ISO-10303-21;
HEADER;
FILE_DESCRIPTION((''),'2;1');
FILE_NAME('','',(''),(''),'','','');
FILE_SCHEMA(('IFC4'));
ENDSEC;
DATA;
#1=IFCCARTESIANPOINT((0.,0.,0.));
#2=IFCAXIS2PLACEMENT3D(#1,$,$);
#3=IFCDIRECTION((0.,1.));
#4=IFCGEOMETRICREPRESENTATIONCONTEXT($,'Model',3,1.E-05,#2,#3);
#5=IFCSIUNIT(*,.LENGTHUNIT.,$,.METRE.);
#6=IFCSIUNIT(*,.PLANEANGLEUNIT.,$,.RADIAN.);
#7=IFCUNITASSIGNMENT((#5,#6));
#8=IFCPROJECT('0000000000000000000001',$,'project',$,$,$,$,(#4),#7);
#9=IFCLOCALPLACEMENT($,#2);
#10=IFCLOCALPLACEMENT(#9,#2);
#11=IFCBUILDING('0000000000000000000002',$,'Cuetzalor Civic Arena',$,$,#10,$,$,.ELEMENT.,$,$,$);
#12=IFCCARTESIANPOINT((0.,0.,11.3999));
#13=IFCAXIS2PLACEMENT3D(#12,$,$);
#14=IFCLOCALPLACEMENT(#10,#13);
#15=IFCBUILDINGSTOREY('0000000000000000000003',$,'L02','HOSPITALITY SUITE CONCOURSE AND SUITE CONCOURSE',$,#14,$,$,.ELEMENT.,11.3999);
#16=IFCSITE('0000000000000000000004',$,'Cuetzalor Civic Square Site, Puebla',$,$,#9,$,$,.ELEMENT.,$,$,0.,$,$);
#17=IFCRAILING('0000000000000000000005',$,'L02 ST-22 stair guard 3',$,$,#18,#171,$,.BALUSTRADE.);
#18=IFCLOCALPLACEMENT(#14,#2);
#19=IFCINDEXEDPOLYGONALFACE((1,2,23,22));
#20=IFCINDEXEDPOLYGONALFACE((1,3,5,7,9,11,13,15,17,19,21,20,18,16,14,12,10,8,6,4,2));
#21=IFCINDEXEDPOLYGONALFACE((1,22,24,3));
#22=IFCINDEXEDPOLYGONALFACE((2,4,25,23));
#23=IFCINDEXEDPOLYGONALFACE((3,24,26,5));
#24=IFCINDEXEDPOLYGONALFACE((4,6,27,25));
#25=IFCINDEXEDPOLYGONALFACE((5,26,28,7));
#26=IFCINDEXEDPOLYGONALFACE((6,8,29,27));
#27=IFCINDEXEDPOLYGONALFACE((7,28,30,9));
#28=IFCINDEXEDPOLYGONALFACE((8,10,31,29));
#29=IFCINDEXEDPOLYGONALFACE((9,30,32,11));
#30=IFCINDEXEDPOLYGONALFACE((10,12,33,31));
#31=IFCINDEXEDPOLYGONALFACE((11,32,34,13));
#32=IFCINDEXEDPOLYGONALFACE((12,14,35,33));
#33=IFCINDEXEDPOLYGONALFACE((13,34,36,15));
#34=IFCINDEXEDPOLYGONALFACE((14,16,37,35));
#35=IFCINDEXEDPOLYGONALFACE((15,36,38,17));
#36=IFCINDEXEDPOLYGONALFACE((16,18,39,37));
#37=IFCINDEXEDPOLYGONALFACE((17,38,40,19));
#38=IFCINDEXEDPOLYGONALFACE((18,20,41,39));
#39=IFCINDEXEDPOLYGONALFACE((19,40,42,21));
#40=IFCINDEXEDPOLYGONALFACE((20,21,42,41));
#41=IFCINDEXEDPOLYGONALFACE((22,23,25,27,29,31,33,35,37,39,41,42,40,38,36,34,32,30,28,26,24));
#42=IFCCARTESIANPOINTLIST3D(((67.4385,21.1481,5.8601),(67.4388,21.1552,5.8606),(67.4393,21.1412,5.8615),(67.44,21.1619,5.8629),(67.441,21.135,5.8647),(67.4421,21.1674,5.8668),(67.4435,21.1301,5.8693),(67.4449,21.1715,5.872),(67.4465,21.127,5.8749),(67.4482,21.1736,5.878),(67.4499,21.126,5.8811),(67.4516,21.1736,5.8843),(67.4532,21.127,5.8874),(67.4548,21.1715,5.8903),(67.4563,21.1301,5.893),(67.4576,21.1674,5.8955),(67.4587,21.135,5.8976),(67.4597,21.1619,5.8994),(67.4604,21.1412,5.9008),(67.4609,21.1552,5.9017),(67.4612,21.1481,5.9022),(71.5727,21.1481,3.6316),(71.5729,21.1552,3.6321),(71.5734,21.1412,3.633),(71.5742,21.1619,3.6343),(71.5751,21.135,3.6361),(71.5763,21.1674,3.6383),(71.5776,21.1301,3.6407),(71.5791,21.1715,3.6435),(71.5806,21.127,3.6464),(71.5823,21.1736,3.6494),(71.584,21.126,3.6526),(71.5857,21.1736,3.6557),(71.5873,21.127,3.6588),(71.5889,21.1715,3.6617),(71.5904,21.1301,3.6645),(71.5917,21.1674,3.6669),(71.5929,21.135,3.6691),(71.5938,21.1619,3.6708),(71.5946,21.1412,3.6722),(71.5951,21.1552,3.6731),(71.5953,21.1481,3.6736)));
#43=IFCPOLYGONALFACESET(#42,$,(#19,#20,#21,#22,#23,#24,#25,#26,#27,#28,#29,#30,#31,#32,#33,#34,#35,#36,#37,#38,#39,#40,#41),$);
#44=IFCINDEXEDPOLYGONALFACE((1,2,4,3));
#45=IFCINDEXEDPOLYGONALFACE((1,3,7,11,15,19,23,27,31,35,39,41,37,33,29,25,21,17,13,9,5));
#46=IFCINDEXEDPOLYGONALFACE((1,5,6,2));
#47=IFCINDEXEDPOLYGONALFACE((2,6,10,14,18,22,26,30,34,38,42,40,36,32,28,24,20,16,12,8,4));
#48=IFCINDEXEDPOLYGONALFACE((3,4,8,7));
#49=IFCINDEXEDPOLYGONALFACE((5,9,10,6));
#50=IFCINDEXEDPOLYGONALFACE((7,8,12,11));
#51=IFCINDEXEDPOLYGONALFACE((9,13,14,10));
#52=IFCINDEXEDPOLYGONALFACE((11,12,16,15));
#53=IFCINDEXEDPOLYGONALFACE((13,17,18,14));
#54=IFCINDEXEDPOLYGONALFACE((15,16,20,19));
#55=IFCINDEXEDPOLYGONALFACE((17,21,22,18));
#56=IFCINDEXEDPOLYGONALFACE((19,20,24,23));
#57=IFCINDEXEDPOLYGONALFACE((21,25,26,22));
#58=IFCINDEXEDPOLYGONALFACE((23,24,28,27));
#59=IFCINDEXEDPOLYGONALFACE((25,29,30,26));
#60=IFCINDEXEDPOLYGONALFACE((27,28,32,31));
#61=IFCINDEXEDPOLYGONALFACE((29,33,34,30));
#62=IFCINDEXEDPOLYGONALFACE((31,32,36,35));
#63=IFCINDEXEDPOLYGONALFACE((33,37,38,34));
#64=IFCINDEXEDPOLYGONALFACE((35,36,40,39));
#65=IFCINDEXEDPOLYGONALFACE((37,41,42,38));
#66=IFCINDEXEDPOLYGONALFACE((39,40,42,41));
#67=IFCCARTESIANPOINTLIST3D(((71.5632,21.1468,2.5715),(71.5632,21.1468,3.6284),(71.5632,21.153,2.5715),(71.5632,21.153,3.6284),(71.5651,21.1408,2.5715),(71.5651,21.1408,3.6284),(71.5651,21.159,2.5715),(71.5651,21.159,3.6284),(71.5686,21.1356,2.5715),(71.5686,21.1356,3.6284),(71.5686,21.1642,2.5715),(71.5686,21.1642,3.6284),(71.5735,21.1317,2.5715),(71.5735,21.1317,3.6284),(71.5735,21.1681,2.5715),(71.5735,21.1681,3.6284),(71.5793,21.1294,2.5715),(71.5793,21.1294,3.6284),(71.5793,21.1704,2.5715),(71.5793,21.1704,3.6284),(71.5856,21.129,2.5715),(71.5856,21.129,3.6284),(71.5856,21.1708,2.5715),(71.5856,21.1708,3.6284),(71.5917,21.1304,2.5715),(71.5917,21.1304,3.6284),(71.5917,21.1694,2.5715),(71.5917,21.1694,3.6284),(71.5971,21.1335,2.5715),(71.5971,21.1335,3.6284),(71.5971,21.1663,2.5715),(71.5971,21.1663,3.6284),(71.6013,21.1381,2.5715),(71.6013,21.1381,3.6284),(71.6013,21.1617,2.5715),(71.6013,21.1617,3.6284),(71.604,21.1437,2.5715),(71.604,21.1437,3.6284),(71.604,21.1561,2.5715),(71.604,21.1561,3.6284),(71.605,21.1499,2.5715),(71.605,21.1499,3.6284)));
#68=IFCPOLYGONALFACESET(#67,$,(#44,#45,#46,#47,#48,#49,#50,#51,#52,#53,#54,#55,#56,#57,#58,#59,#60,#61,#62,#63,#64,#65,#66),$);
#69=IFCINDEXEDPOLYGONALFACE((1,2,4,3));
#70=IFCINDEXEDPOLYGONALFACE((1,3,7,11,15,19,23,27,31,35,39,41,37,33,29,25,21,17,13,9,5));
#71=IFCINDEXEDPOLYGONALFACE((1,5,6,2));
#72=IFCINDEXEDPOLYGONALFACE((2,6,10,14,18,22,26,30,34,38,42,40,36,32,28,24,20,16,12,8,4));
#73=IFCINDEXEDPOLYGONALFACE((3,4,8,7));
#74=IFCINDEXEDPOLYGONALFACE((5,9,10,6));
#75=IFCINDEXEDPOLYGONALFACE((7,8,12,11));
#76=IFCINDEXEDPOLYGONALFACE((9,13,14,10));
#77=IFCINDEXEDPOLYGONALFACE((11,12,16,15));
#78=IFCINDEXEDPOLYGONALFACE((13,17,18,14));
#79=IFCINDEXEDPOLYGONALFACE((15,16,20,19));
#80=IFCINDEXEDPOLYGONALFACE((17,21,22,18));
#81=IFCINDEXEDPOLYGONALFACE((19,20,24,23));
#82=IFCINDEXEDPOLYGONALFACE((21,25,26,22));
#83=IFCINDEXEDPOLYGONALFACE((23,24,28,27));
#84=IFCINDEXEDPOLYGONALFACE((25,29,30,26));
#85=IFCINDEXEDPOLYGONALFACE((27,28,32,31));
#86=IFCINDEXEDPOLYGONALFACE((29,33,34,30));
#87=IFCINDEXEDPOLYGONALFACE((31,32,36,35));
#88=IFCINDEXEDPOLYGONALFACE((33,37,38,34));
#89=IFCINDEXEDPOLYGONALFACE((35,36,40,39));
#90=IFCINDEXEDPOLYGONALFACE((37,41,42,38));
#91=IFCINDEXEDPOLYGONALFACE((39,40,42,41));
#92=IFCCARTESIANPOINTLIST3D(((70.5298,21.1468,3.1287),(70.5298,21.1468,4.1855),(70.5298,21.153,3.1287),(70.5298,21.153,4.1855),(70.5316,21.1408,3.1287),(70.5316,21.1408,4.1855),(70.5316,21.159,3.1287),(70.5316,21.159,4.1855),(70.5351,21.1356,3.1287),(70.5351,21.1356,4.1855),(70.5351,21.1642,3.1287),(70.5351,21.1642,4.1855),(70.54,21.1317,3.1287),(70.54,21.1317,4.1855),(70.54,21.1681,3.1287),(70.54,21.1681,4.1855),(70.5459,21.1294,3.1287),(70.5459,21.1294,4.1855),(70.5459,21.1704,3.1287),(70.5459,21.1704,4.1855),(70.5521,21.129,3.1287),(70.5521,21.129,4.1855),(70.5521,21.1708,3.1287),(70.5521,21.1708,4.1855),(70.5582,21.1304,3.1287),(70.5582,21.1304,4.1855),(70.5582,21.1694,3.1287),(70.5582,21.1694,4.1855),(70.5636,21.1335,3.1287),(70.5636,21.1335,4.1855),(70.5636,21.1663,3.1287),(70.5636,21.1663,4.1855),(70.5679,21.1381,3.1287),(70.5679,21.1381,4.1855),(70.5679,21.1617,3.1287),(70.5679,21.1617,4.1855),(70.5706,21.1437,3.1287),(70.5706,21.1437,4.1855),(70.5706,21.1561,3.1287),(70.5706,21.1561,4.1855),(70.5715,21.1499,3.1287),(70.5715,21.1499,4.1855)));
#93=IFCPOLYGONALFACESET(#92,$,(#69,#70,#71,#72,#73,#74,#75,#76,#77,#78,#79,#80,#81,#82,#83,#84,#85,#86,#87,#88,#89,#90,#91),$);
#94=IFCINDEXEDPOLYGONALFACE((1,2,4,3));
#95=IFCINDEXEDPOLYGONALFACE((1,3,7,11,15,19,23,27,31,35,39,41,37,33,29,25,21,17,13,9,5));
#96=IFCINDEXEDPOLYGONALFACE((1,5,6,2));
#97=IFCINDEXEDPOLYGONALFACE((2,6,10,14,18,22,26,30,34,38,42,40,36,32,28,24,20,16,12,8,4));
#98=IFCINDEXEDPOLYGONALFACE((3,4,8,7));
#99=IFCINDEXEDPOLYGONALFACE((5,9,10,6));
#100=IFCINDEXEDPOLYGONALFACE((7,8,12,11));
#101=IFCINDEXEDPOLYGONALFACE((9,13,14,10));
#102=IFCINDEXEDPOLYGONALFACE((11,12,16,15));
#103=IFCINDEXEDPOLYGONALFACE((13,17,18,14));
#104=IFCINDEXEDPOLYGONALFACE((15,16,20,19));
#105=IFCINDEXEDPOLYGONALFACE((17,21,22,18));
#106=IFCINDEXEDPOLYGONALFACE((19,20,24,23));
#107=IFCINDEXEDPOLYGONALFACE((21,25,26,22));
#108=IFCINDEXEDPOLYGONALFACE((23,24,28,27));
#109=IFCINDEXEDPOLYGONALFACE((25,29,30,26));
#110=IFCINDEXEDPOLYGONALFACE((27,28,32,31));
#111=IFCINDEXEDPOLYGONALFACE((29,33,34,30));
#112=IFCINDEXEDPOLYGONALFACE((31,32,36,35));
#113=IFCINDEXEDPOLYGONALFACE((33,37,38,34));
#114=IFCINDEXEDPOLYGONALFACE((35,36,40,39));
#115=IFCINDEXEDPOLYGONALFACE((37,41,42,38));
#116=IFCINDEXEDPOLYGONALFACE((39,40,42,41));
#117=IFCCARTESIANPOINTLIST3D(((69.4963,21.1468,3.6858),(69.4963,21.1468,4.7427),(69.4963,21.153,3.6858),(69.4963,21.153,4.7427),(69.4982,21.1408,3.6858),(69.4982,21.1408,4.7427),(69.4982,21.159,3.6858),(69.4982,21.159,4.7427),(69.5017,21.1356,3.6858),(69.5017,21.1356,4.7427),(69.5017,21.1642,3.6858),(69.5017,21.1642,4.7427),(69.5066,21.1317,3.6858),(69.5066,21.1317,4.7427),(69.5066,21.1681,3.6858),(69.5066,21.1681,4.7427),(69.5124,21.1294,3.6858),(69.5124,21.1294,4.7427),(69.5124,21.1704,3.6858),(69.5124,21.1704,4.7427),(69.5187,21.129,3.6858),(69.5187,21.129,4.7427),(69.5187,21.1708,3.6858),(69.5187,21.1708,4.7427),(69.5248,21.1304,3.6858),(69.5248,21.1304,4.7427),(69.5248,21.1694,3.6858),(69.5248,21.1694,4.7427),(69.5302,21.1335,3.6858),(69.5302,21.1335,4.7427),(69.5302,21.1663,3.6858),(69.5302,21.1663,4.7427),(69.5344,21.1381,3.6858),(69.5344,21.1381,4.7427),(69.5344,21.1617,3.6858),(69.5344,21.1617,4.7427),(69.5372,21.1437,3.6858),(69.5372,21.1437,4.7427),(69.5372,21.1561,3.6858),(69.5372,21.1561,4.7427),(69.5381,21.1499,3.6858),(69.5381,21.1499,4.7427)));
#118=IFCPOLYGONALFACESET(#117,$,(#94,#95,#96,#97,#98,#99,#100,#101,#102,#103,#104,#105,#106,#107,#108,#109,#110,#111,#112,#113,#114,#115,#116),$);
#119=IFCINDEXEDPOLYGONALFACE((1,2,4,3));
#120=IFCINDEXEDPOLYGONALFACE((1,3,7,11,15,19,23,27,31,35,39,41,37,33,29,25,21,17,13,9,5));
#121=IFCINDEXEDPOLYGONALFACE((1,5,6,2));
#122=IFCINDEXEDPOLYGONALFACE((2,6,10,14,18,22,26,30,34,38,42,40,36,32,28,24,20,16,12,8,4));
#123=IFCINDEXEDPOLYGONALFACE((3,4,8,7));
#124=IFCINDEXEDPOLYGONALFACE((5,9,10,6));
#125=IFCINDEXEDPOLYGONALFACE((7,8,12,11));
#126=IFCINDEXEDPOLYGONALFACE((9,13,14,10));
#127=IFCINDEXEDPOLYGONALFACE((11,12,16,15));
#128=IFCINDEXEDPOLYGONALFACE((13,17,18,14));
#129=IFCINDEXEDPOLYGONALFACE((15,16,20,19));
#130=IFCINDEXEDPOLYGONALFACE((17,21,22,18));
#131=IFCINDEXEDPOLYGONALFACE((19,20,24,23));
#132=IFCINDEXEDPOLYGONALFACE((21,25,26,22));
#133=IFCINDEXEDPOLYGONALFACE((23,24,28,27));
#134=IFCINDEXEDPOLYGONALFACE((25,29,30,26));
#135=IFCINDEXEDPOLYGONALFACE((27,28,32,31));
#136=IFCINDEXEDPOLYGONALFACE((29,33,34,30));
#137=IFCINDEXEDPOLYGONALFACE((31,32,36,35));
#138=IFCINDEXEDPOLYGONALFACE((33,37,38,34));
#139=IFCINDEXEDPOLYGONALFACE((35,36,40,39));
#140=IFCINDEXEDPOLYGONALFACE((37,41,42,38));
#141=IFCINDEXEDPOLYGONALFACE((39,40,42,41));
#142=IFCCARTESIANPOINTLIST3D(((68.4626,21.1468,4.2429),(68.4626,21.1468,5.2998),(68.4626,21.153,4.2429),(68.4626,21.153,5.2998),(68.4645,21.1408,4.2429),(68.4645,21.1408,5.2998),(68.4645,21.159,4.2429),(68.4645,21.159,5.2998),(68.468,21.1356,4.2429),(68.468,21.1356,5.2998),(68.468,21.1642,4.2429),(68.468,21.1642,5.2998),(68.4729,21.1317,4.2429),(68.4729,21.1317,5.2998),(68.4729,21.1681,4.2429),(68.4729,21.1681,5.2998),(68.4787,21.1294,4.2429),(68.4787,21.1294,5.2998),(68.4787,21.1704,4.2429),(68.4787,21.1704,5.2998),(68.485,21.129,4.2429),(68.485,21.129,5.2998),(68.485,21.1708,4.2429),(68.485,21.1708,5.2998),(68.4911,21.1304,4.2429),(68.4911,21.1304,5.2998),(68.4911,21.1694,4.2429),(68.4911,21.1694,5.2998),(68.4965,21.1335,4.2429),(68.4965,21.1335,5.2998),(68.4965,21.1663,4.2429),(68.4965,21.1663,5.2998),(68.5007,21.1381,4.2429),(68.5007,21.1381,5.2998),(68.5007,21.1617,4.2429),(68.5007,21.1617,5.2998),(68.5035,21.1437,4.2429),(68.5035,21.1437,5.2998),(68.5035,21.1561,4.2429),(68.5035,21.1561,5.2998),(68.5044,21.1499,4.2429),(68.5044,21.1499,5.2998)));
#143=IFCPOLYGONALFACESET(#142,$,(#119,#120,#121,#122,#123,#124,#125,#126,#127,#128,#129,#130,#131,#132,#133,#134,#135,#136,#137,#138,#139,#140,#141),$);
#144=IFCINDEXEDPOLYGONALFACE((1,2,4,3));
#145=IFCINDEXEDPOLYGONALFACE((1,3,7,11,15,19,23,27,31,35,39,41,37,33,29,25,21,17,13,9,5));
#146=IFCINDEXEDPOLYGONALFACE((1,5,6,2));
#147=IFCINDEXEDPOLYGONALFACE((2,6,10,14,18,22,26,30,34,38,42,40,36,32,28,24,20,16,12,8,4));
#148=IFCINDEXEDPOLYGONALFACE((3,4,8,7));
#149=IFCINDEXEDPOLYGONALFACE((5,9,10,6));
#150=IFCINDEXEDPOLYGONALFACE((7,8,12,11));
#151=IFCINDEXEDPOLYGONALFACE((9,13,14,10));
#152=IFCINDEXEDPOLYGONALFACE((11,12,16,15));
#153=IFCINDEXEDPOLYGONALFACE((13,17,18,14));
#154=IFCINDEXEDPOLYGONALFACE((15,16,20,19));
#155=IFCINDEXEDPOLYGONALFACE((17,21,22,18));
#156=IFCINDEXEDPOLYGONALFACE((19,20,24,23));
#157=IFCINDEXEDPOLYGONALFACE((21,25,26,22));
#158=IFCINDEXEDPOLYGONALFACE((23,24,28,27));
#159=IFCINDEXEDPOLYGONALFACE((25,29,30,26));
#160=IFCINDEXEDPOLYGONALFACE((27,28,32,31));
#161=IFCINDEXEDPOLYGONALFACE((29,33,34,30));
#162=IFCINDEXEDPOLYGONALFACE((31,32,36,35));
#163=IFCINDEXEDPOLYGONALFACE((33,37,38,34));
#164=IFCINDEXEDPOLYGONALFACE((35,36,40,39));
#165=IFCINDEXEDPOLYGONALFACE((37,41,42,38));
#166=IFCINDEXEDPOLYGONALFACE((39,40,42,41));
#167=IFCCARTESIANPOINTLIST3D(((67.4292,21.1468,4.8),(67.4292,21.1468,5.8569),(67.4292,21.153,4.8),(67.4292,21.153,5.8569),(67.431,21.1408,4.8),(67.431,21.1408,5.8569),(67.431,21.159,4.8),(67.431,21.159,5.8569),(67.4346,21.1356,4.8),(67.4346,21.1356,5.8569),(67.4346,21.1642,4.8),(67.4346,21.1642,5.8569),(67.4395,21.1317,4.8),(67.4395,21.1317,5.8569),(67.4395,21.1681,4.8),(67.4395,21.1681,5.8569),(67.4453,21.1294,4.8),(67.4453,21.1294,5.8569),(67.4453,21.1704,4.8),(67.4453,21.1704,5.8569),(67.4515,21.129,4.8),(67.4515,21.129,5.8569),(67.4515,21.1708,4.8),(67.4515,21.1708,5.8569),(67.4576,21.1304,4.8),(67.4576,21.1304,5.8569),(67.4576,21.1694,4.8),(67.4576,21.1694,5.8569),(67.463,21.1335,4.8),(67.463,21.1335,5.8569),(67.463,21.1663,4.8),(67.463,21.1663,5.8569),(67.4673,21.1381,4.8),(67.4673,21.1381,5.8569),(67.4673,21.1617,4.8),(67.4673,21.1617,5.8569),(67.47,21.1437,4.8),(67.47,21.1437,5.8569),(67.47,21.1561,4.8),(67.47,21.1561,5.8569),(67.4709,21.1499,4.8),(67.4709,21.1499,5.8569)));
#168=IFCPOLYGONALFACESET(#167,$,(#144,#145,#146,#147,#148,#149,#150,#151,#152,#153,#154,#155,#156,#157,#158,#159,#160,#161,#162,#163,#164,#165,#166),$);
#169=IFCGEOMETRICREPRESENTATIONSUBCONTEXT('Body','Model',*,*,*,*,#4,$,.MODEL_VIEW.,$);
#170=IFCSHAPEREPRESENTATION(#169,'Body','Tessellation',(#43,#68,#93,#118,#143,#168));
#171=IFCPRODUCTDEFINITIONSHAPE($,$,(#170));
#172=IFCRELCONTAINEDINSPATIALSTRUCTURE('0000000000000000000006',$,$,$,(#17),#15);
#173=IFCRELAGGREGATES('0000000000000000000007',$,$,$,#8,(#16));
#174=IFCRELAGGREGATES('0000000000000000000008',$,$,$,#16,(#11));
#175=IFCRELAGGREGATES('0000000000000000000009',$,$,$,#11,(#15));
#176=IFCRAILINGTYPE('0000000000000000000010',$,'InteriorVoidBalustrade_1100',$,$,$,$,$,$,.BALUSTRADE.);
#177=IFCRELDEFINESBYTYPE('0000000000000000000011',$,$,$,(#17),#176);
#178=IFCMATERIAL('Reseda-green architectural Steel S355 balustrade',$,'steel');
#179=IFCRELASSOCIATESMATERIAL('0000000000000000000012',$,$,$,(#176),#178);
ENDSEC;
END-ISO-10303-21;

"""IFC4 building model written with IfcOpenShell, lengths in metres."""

from ifc_helpers import new_model, si_unit, direction, frame, origin, origin_2d, place, context, subcontext, project, spatial, circle, extrude, material, type_object, element, save


model = new_model("IFC4")

# Units and contexts
model_context = context("Model", 3, precision=1e-05, world=origin(), true_north=direction((0.0, 1.0)))
body_context = subcontext(model_context, "Body", "Model", "MODEL_VIEW")
ifc_project = project(units=[si_unit("LENGTHUNIT", "METRE"), si_unit("PLANEANGLEUNIT", "RADIAN")], contexts=[model_context])

# Site, building, storey
site_placement = place(None, origin())
site = spatial("IfcSite", under=ifc_project, at=site_placement, Name="Cuetzalor Civic Square Site, Puebla", CompositionType="ELEMENT", RefElevation=0.0)
building_placement = place(site_placement, origin())
building = spatial("IfcBuilding", under=site, at=building_placement, Name="Cuetzalor Civic Arena", CompositionType="ELEMENT")
storey_placement = place(building_placement, frame((0.0, 0.0, 11.3999)))
storey = spatial("IfcBuildingStorey", under=building, at=storey_placement, Name="L02", Description="HOSPITALITY SUITE CONCOURSE AND SUITE CONCOURSE", CompositionType="ELEMENT", Elevation=11.3999)

# Railing
ifc_material_1 = material(Name="Reseda-green architectural Steel S355 balustrade", Category="steel")
railing_type_1 = type_object("IfcRailingType", Name="InteriorVoidBalustrade_1100", PredefinedType="BALUSTRADE", material=ifc_material_1)
railing_1_placement = place(storey_placement, frame((71.584, 21.1499, 2.5715)))
element("IfcRailing", 1, at=railing_1_placement, inside=storey, type_object=railing_type_1, Name="L02 ST-22 stair guard 3", PredefinedType="BALUSTRADE", context=body_context, shape_type="SweptSolid", body=[
    extrude(circle(Radius=0.0239, at=origin_2d()), frame((0.0, 0.0, 1.0811), z_axis=(-0.880249, 0.0, 0.474512), x_axis=(0.0, -1.0, 0.0)), (0.0, 0.0, 1.0), 4.6965),
    extrude(circle(Radius=0.021, at=origin_2d()), origin(), (0.0, 0.0, 1.0), 1.0569),
    extrude(circle(Radius=0.021, at=origin_2d()), frame((-1.0334, 0.0, 0.5571)), (0.0, 0.0, 1.0), 1.0569),
    extrude(circle(Radius=0.021, at=origin_2d()), frame((-2.0669, 0.0, 1.1143)), (0.0, 0.0, 1.0), 1.0569),
    extrude(circle(Radius=0.021, at=origin_2d()), frame((-3.1006, 0.0, 1.6714)), (0.0, 0.0, 1.0), 1.0569),
    extrude(circle(Radius=0.021, at=origin_2d()), frame((-4.134, 0.0, 2.2285)), (0.0, 0.0, 1.0), 1.0569),
])

save(model, "model.ifc")
